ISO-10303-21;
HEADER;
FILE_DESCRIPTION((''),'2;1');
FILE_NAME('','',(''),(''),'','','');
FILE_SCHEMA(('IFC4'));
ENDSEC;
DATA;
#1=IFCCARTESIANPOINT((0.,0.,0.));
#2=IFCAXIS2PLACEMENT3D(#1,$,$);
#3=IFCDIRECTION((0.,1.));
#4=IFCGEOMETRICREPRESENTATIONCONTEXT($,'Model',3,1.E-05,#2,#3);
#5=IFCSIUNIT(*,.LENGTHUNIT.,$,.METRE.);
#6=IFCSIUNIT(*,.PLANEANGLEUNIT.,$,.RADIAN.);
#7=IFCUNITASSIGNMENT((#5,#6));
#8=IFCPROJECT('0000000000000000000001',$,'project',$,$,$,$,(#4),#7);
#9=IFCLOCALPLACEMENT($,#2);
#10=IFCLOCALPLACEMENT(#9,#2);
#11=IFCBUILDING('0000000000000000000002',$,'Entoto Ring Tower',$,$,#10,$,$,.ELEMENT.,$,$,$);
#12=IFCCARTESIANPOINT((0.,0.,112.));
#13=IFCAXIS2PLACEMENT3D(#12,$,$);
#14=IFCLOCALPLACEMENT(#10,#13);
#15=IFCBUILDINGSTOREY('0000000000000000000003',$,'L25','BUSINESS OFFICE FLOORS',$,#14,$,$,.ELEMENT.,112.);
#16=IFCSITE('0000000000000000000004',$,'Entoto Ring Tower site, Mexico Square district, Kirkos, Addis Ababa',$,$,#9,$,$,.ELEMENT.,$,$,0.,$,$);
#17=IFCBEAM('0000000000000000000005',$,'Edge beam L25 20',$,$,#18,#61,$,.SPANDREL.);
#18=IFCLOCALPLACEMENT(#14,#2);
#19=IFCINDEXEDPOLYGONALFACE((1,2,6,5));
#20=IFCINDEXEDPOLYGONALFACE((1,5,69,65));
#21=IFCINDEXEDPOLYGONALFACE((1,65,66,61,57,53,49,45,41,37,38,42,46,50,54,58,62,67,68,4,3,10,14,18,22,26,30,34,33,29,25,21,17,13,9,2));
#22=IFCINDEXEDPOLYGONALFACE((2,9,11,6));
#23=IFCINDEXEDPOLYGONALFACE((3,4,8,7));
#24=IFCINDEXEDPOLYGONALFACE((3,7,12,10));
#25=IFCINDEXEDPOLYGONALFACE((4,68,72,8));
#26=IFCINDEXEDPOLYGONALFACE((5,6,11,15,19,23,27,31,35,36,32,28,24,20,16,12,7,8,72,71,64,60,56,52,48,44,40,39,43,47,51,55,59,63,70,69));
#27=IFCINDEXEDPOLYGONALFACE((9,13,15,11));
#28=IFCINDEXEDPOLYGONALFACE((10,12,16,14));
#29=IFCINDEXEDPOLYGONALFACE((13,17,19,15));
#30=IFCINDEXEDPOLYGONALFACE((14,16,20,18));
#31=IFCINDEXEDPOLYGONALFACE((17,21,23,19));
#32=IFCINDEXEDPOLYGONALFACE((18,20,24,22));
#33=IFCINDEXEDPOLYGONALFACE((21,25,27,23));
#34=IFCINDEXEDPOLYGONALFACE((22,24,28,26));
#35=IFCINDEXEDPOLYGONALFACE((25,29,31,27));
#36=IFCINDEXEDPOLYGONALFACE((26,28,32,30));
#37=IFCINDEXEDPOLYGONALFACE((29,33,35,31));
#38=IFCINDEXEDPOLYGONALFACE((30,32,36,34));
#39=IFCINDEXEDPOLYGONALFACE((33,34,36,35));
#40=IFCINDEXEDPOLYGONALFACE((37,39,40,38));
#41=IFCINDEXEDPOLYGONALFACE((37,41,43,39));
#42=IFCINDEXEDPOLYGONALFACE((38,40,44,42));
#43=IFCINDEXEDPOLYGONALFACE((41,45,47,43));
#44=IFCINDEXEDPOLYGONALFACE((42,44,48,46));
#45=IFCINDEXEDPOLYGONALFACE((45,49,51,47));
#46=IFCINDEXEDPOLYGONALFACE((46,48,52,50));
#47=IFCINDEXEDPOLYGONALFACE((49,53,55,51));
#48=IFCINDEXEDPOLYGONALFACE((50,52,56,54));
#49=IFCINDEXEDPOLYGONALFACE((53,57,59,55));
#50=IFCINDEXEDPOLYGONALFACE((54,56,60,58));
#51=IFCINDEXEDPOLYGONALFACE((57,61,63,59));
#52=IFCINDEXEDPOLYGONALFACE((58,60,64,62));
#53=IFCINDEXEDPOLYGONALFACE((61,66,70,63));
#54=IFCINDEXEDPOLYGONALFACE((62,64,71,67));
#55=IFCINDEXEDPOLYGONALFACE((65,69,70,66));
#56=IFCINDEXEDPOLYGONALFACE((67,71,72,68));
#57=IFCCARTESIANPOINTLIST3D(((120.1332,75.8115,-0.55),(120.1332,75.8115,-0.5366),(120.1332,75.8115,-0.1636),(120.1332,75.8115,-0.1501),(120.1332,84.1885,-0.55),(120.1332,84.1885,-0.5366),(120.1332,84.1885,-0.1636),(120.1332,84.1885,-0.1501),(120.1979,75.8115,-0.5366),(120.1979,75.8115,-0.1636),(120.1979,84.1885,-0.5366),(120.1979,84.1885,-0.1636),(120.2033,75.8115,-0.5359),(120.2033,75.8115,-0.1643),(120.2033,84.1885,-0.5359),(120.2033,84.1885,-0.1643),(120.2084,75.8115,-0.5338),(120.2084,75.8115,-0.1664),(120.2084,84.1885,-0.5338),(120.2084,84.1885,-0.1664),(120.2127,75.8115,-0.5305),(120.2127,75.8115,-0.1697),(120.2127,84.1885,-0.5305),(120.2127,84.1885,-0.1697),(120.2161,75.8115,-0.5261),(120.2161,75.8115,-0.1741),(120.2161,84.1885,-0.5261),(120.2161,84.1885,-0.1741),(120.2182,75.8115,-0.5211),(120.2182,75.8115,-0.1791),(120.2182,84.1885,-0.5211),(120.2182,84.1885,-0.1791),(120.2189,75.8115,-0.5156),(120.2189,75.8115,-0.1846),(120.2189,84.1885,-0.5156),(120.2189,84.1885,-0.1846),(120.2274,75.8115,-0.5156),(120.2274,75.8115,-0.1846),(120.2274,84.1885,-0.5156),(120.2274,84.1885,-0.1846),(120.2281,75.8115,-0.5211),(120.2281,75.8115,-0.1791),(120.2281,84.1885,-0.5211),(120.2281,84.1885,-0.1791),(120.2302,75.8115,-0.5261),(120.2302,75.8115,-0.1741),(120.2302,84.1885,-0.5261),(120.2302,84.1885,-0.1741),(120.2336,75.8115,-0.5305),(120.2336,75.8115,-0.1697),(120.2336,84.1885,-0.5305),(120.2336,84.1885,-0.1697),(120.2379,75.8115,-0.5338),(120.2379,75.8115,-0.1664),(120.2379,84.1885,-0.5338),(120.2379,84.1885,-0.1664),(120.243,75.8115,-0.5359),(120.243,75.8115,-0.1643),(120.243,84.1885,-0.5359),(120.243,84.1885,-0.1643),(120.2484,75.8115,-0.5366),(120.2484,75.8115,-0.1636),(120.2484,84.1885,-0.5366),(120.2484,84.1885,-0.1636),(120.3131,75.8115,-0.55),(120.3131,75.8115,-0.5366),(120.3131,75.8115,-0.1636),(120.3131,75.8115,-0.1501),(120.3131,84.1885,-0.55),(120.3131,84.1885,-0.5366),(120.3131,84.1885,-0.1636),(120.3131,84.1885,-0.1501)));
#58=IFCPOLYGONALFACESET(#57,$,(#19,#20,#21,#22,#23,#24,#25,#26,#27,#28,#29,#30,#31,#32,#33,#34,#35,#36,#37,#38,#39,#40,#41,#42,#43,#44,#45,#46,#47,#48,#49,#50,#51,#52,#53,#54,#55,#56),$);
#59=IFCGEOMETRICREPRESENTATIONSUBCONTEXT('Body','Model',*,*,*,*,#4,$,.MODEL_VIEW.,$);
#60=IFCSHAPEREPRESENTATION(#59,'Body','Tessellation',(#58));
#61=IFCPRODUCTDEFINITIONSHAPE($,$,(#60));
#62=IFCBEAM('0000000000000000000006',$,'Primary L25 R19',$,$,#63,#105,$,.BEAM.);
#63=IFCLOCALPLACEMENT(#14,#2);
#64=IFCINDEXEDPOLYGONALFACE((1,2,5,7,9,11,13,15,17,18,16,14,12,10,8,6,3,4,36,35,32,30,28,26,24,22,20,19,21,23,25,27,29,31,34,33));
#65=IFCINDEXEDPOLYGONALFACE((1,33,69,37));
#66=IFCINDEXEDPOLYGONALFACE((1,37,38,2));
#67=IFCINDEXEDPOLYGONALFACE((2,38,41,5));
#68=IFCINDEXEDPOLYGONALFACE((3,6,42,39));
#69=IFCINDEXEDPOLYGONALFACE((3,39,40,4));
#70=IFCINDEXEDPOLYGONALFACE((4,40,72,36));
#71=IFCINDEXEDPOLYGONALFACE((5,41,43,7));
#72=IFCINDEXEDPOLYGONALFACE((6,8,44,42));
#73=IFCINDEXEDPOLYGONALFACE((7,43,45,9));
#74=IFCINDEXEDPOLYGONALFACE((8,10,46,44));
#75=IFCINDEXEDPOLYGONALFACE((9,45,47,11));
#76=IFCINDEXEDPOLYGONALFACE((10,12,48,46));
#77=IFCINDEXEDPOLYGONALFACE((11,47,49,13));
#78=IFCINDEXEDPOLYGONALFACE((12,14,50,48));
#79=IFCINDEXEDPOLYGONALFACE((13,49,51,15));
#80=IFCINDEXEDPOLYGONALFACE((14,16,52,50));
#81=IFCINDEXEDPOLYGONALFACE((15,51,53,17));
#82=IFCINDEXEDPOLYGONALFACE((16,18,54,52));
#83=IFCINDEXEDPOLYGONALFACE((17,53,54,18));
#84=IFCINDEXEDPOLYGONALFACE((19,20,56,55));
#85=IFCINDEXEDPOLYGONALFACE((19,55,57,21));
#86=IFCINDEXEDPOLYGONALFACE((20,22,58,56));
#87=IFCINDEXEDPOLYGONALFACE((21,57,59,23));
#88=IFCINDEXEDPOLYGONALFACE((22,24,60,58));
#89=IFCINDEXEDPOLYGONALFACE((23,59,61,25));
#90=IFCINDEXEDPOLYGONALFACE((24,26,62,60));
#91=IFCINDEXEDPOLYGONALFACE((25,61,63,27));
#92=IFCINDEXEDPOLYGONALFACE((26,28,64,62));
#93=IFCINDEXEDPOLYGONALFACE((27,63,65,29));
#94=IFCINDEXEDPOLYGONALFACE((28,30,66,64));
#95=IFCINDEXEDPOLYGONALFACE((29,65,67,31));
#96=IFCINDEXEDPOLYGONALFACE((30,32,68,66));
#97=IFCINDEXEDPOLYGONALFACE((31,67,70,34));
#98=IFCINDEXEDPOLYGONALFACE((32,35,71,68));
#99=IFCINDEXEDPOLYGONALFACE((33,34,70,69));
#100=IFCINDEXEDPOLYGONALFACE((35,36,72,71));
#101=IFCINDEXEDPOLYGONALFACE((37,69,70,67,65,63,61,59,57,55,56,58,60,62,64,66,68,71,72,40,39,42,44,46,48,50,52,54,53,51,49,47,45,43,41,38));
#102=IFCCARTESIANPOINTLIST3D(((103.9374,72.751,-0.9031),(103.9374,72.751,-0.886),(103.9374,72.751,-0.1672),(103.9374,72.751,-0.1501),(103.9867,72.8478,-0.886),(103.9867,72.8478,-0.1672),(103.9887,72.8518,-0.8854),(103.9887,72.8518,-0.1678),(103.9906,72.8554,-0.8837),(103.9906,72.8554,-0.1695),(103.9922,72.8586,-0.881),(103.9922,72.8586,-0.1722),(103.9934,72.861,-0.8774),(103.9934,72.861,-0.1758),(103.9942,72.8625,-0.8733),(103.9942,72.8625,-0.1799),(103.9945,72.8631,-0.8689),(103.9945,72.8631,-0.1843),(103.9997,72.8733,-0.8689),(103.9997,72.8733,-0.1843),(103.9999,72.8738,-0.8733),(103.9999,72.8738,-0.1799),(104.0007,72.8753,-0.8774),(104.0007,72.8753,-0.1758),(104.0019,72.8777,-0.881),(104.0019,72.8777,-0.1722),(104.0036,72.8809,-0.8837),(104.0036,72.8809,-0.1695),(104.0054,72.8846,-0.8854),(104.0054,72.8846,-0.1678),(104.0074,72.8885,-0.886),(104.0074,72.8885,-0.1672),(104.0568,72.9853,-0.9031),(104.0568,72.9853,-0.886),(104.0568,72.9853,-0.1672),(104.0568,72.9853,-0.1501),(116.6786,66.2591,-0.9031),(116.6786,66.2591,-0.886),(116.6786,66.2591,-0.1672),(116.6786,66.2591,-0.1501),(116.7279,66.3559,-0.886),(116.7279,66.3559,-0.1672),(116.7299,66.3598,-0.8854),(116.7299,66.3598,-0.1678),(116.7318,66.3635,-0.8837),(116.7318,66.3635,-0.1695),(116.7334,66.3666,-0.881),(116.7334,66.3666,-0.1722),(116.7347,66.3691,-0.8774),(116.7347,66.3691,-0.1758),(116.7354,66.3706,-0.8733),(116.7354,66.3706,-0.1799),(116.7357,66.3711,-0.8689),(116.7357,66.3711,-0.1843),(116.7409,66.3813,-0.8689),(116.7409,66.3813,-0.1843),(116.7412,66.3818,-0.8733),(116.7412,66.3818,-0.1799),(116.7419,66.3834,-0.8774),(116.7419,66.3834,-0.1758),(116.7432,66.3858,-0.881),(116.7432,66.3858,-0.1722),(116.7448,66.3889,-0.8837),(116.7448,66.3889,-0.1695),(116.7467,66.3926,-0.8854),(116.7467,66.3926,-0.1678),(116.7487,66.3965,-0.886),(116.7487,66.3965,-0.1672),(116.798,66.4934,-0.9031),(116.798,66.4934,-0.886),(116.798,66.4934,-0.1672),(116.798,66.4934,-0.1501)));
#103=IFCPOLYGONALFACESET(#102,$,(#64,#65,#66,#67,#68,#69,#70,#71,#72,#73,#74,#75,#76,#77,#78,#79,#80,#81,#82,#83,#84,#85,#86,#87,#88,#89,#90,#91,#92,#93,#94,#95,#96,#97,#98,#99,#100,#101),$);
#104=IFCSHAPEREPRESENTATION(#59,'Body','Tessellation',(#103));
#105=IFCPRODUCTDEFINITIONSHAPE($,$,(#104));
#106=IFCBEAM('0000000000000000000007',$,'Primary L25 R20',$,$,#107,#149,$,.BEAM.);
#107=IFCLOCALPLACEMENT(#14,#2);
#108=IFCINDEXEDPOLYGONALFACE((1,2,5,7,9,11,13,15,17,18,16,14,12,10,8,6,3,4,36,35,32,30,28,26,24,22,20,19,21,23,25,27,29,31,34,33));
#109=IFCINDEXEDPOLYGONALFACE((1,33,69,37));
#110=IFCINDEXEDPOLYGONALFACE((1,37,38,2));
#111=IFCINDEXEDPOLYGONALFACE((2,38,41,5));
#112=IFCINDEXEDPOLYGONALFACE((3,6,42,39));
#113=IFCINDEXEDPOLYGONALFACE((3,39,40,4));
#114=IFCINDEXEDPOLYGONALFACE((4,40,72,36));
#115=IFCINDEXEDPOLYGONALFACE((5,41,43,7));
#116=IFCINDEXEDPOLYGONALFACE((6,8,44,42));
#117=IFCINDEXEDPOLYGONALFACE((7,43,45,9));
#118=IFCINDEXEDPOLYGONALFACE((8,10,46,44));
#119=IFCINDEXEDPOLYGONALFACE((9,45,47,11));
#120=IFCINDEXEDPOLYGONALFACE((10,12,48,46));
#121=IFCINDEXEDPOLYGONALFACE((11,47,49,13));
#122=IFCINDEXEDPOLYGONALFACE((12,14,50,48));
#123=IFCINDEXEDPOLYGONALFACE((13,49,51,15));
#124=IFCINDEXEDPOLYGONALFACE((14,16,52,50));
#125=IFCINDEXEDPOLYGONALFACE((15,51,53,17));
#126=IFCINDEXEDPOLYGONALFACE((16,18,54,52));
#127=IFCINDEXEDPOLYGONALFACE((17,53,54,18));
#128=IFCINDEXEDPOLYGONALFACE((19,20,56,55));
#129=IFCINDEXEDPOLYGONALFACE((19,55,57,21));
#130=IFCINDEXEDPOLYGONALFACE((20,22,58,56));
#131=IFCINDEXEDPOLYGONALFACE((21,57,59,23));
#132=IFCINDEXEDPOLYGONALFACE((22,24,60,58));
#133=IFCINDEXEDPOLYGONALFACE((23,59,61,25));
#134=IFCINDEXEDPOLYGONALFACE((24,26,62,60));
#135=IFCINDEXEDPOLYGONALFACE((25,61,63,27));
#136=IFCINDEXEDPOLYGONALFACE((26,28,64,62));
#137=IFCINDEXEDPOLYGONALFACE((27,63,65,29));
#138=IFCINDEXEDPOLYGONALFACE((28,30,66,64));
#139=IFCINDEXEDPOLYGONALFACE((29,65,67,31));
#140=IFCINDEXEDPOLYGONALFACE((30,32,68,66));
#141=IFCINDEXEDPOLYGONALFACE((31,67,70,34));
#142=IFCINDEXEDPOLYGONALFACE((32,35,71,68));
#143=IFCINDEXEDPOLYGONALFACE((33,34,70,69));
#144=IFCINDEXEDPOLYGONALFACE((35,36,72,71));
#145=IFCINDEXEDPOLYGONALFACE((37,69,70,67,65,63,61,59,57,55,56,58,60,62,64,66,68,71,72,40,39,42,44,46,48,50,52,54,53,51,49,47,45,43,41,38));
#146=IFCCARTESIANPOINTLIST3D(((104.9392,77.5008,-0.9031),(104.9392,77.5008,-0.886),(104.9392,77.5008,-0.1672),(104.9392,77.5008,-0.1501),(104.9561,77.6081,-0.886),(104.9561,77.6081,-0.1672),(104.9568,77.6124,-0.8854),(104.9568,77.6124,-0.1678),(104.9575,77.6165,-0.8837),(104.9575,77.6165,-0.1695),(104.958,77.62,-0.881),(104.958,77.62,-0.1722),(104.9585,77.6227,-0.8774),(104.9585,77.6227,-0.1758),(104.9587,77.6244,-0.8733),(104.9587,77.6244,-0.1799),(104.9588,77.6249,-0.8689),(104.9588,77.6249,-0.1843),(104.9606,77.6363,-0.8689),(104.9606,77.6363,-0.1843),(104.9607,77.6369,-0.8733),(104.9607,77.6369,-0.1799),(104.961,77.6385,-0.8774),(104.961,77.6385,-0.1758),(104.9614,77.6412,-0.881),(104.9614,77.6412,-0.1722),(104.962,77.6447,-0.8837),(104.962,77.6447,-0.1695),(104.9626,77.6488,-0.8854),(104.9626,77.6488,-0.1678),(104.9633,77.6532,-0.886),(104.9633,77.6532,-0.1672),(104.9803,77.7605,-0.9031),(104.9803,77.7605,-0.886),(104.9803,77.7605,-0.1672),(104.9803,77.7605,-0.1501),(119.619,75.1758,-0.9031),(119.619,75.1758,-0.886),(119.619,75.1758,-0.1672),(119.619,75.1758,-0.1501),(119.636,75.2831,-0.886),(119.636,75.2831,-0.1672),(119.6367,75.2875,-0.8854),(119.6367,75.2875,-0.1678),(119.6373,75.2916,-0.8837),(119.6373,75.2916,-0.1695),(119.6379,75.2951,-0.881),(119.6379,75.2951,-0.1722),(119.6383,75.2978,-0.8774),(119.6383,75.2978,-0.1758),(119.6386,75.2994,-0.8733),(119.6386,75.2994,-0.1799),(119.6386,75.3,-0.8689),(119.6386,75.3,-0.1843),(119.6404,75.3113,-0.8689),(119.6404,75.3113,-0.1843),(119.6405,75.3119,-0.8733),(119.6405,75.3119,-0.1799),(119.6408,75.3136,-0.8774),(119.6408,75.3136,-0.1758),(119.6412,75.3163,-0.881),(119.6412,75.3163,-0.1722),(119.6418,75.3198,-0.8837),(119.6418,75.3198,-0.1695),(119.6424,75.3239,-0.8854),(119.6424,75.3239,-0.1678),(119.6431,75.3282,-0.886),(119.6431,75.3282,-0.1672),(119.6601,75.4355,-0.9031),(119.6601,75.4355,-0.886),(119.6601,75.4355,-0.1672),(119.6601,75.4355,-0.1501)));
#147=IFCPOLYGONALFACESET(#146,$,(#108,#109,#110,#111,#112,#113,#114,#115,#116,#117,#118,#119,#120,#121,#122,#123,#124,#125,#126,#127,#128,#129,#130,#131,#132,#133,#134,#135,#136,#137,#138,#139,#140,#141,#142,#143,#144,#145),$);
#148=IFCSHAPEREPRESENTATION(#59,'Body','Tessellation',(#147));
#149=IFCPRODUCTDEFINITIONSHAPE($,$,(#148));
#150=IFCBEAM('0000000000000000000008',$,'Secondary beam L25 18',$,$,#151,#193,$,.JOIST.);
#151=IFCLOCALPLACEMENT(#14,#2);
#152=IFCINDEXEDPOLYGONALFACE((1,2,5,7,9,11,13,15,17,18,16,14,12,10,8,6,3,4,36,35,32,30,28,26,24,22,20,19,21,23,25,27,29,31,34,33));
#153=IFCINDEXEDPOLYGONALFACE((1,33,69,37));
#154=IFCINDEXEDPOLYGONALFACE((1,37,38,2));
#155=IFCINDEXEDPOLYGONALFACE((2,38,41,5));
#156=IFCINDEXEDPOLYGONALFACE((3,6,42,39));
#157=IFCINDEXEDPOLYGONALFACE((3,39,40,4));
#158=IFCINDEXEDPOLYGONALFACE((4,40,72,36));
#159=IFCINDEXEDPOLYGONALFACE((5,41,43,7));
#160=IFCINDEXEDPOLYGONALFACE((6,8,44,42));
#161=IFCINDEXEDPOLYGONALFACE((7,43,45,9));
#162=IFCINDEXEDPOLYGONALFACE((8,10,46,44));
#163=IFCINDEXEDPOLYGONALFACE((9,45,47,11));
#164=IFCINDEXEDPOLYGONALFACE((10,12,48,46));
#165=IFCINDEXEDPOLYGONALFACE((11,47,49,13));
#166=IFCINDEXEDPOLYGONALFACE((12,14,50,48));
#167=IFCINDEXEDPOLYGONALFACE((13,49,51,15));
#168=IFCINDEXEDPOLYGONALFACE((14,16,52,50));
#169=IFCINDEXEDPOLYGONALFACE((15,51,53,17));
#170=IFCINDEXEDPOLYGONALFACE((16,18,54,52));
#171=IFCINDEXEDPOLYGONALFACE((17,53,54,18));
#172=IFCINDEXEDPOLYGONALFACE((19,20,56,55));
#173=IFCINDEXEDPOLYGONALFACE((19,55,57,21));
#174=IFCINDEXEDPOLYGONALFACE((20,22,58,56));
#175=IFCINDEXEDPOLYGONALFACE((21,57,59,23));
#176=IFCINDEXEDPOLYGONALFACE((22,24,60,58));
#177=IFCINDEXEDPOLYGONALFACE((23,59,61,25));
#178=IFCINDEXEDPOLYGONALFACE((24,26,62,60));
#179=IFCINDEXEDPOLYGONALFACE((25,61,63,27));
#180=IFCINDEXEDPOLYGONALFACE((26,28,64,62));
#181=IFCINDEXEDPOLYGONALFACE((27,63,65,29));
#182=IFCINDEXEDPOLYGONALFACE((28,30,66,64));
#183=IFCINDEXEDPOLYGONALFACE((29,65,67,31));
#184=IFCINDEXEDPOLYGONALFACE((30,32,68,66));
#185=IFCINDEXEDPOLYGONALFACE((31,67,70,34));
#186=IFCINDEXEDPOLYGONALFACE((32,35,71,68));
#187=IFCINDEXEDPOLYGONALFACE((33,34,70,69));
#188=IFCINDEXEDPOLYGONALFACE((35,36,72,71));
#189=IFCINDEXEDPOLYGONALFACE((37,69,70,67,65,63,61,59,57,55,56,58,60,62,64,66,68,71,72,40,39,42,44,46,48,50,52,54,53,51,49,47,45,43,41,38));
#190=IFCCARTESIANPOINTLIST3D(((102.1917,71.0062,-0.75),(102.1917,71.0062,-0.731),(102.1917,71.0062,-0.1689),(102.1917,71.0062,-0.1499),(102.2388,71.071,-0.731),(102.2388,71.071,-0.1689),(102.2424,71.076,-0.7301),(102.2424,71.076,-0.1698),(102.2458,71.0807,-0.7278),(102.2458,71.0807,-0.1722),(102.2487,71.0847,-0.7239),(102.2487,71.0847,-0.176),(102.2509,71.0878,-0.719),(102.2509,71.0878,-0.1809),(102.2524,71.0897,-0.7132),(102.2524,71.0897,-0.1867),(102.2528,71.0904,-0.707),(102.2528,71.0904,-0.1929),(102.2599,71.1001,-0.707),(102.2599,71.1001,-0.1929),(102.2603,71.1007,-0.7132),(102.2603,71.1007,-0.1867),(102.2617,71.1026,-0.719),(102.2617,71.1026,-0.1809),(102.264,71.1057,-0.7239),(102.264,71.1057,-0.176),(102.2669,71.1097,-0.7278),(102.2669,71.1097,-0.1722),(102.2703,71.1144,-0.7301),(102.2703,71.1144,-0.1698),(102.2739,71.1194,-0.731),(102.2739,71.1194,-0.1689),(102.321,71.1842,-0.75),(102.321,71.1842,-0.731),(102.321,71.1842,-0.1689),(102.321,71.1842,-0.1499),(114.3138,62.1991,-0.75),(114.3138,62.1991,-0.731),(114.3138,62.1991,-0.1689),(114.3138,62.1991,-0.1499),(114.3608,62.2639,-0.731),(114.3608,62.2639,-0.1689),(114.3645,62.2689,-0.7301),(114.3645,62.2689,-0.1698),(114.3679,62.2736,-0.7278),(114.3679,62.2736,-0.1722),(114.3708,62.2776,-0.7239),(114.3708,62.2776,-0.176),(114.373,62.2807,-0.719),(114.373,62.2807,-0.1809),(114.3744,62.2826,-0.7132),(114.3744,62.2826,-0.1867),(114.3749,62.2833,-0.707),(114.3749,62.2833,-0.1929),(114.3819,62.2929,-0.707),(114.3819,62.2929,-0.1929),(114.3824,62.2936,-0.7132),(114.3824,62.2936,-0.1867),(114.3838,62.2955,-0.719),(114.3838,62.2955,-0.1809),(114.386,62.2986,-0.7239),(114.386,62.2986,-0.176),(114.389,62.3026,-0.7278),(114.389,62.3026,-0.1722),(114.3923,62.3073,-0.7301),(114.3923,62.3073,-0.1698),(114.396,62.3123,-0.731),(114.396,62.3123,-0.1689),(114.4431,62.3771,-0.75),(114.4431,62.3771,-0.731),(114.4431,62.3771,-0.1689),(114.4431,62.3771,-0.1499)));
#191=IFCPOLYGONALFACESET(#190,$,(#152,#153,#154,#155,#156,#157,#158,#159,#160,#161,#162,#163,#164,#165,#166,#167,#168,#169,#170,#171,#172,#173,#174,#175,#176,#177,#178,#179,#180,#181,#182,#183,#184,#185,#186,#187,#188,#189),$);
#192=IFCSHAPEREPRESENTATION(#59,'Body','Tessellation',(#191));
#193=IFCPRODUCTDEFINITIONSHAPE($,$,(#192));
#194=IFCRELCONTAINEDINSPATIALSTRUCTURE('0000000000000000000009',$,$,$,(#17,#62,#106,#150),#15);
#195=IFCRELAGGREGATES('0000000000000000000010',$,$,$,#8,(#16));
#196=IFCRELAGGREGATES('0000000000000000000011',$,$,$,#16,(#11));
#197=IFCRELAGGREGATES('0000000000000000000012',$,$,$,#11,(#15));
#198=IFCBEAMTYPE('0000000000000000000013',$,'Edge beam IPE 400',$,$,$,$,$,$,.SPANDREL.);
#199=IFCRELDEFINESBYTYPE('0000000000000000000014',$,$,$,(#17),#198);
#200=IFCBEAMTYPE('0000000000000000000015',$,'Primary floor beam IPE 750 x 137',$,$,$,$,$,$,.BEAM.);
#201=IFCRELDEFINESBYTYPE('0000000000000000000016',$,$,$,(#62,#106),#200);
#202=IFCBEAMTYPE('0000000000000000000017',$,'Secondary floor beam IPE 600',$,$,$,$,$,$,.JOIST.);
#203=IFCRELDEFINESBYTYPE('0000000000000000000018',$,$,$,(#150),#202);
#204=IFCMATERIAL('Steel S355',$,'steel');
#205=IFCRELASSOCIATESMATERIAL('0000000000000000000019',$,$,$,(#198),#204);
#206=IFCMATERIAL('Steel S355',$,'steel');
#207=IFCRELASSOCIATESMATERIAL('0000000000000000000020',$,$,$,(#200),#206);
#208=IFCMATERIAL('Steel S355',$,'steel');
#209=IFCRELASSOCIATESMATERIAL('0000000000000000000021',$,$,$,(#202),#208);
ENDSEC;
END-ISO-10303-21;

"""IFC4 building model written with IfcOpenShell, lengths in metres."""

from ifc_helpers import new_model, si_unit, direction, frame, origin, origin_2d, place, context, subcontext, project, spatial, i_section, extrude, material, material_profile, profile_set, type_object, element, save


model = new_model("IFC4")

# Units and contexts
model_context = context("Model", 3, precision=1e-05, world=origin(), true_north=direction((0.0, 1.0)))
body_context = subcontext(model_context, "Body", "Model", "MODEL_VIEW")
ifc_project = project(units=[si_unit("LENGTHUNIT", "METRE"), si_unit("PLANEANGLEUNIT", "RADIAN")], contexts=[model_context])

# Site, building, storey
site_placement = place(None, origin())
site = spatial("IfcSite", under=ifc_project, at=site_placement, Name="Entoto Ring Tower site, Mexico Square district, Kirkos, Addis Ababa", CompositionType="ELEMENT", RefElevation=0.0)
building_placement = place(site_placement, origin())
building = spatial("IfcBuilding", under=site, at=building_placement, Name="Entoto Ring Tower", CompositionType="ELEMENT")
storey_placement = place(building_placement, frame((0.0, 0.0, 112.0)))
storey = spatial("IfcBuildingStorey", under=building, at=storey_placement, Name="L25", Description="BUSINESS OFFICE FLOORS", CompositionType="ELEMENT", Elevation=112.0)

# Beams
ifc_material_1 = material(Name="Steel S355", Category="steel")
ifc_material_profile_1 = material_profile(ifc_material_1, i_section(OverallWidth=0.1799, OverallDepth=0.3999, WebThickness=0.0085, FlangeThickness=0.0134, FilletRadius=0.021, at=origin_2d()), Name="IPE 400")
ifc_profile_set_1 = profile_set([ifc_material_profile_1], Name="Steel S355")
beam_type_1 = type_object("IfcBeamType", Name="Edge beam IPE 400", PredefinedType="SPANDREL", material=ifc_profile_set_1)
for number, where, z_axis, x_axis, name in (
    (1, (120.2231, 75.8115, -0.3501), (0.0, 1.0, 0.0), (-1.0, 0.0, 0.0), "Edge beam L25 20"),
):
    element("IfcBeam", number, at=place(storey_placement, frame(where, z_axis=z_axis, x_axis=x_axis)), inside=storey, type_object=beam_type_1, Name=name, PredefinedType="SPANDREL", context=body_context, shape_type="SweptSolid", body=[
        extrude(i_section(OverallWidth=0.1799, OverallDepth=0.3999, WebThickness=0.0085, FlangeThickness=0.0134, FilletRadius=0.021, at=origin_2d()), origin(), (0.0, 0.0, 1.0), 8.377),
    ])
ifc_material_2 = material(Name="Steel S355", Category="steel")
ifc_material_profile_2 = material_profile(ifc_material_2, i_section(OverallWidth=0.2629, OverallDepth=0.7529, WebThickness=0.0115, FlangeThickness=0.0171, FilletRadius=0.0171, at=origin_2d()), Name="IPE 750 x 137")
ifc_profile_set_2 = profile_set([ifc_material_profile_2], Name="Steel S355")
beam_type_2 = type_object("IfcBeamType", Name="Primary floor beam IPE 750 x 137", PredefinedType="BEAM", material=ifc_profile_set_2)
beam_1_placement = place(storey_placement, frame((103.9971, 72.8682, -0.5266), z_axis=(0.891007, -0.453989, 0.0), x_axis=(0.453989, 0.891007, 0.0)))
element("IfcBeam", 2, at=beam_1_placement, inside=storey, type_object=beam_type_2, Name="Primary L25 R19", PredefinedType="BEAM", context=body_context, shape_type="SweptSolid", body=[
    extrude(i_section(OverallWidth=0.2629, OverallDepth=0.7529, WebThickness=0.0115, FlangeThickness=0.0171, FilletRadius=0.0171, at=origin_2d()), origin(), (0.0, 0.0, 1.0), 14.2998),
])
beam_2_placement = place(storey_placement, frame((104.9597, 77.6306, -0.5266), z_axis=(0.98769, -0.156426, 0.0), x_axis=(0.156426, 0.98769, 0.0)))
element("IfcBeam", 3, at=beam_2_placement, inside=storey, type_object=beam_type_2, Name="Primary L25 R20", PredefinedType="BEAM", context=body_context, shape_type="SweptSolid", body=[
    extrude(i_section(OverallWidth=0.2629, OverallDepth=0.7529, WebThickness=0.0115, FlangeThickness=0.0171, FilletRadius=0.0171, at=origin_2d()), origin(), (0.0, 0.0, 1.0), 14.8628),
])
ifc_material_3 = material(Name="Steel S355", Category="steel")
ifc_material_profile_3 = material_profile(ifc_material_3, i_section(OverallWidth=0.22, OverallDepth=0.6001, WebThickness=0.012, FlangeThickness=0.019, FilletRadius=0.0239, at=origin_2d()), Name="IPE 600")
ifc_profile_set_3 = profile_set([ifc_material_profile_3], Name="Steel S355")
beam_type_3 = type_object("IfcBeamType", Name="Secondary floor beam IPE 600", PredefinedType="JOIST", material=ifc_profile_set_3)
beam_3_placement = place(storey_placement, frame((102.2563, 71.0952, -0.45), z_axis=(0.809019, -0.587782, 0.0), x_axis=(0.587782, 0.809019, 0.0)))
element("IfcBeam", 4, at=beam_3_placement, inside=storey, type_object=beam_type_3, Name="Secondary beam L25 18", PredefinedType="JOIST", context=body_context, shape_type="SweptSolid", body=[
    extrude(i_section(OverallWidth=0.22, OverallDepth=0.6001, WebThickness=0.012, FlangeThickness=0.019, FilletRadius=0.0239, at=origin_2d()), origin(), (0.0, 0.0, 1.0), 14.9836),
])

save(model, "model.ifc")
